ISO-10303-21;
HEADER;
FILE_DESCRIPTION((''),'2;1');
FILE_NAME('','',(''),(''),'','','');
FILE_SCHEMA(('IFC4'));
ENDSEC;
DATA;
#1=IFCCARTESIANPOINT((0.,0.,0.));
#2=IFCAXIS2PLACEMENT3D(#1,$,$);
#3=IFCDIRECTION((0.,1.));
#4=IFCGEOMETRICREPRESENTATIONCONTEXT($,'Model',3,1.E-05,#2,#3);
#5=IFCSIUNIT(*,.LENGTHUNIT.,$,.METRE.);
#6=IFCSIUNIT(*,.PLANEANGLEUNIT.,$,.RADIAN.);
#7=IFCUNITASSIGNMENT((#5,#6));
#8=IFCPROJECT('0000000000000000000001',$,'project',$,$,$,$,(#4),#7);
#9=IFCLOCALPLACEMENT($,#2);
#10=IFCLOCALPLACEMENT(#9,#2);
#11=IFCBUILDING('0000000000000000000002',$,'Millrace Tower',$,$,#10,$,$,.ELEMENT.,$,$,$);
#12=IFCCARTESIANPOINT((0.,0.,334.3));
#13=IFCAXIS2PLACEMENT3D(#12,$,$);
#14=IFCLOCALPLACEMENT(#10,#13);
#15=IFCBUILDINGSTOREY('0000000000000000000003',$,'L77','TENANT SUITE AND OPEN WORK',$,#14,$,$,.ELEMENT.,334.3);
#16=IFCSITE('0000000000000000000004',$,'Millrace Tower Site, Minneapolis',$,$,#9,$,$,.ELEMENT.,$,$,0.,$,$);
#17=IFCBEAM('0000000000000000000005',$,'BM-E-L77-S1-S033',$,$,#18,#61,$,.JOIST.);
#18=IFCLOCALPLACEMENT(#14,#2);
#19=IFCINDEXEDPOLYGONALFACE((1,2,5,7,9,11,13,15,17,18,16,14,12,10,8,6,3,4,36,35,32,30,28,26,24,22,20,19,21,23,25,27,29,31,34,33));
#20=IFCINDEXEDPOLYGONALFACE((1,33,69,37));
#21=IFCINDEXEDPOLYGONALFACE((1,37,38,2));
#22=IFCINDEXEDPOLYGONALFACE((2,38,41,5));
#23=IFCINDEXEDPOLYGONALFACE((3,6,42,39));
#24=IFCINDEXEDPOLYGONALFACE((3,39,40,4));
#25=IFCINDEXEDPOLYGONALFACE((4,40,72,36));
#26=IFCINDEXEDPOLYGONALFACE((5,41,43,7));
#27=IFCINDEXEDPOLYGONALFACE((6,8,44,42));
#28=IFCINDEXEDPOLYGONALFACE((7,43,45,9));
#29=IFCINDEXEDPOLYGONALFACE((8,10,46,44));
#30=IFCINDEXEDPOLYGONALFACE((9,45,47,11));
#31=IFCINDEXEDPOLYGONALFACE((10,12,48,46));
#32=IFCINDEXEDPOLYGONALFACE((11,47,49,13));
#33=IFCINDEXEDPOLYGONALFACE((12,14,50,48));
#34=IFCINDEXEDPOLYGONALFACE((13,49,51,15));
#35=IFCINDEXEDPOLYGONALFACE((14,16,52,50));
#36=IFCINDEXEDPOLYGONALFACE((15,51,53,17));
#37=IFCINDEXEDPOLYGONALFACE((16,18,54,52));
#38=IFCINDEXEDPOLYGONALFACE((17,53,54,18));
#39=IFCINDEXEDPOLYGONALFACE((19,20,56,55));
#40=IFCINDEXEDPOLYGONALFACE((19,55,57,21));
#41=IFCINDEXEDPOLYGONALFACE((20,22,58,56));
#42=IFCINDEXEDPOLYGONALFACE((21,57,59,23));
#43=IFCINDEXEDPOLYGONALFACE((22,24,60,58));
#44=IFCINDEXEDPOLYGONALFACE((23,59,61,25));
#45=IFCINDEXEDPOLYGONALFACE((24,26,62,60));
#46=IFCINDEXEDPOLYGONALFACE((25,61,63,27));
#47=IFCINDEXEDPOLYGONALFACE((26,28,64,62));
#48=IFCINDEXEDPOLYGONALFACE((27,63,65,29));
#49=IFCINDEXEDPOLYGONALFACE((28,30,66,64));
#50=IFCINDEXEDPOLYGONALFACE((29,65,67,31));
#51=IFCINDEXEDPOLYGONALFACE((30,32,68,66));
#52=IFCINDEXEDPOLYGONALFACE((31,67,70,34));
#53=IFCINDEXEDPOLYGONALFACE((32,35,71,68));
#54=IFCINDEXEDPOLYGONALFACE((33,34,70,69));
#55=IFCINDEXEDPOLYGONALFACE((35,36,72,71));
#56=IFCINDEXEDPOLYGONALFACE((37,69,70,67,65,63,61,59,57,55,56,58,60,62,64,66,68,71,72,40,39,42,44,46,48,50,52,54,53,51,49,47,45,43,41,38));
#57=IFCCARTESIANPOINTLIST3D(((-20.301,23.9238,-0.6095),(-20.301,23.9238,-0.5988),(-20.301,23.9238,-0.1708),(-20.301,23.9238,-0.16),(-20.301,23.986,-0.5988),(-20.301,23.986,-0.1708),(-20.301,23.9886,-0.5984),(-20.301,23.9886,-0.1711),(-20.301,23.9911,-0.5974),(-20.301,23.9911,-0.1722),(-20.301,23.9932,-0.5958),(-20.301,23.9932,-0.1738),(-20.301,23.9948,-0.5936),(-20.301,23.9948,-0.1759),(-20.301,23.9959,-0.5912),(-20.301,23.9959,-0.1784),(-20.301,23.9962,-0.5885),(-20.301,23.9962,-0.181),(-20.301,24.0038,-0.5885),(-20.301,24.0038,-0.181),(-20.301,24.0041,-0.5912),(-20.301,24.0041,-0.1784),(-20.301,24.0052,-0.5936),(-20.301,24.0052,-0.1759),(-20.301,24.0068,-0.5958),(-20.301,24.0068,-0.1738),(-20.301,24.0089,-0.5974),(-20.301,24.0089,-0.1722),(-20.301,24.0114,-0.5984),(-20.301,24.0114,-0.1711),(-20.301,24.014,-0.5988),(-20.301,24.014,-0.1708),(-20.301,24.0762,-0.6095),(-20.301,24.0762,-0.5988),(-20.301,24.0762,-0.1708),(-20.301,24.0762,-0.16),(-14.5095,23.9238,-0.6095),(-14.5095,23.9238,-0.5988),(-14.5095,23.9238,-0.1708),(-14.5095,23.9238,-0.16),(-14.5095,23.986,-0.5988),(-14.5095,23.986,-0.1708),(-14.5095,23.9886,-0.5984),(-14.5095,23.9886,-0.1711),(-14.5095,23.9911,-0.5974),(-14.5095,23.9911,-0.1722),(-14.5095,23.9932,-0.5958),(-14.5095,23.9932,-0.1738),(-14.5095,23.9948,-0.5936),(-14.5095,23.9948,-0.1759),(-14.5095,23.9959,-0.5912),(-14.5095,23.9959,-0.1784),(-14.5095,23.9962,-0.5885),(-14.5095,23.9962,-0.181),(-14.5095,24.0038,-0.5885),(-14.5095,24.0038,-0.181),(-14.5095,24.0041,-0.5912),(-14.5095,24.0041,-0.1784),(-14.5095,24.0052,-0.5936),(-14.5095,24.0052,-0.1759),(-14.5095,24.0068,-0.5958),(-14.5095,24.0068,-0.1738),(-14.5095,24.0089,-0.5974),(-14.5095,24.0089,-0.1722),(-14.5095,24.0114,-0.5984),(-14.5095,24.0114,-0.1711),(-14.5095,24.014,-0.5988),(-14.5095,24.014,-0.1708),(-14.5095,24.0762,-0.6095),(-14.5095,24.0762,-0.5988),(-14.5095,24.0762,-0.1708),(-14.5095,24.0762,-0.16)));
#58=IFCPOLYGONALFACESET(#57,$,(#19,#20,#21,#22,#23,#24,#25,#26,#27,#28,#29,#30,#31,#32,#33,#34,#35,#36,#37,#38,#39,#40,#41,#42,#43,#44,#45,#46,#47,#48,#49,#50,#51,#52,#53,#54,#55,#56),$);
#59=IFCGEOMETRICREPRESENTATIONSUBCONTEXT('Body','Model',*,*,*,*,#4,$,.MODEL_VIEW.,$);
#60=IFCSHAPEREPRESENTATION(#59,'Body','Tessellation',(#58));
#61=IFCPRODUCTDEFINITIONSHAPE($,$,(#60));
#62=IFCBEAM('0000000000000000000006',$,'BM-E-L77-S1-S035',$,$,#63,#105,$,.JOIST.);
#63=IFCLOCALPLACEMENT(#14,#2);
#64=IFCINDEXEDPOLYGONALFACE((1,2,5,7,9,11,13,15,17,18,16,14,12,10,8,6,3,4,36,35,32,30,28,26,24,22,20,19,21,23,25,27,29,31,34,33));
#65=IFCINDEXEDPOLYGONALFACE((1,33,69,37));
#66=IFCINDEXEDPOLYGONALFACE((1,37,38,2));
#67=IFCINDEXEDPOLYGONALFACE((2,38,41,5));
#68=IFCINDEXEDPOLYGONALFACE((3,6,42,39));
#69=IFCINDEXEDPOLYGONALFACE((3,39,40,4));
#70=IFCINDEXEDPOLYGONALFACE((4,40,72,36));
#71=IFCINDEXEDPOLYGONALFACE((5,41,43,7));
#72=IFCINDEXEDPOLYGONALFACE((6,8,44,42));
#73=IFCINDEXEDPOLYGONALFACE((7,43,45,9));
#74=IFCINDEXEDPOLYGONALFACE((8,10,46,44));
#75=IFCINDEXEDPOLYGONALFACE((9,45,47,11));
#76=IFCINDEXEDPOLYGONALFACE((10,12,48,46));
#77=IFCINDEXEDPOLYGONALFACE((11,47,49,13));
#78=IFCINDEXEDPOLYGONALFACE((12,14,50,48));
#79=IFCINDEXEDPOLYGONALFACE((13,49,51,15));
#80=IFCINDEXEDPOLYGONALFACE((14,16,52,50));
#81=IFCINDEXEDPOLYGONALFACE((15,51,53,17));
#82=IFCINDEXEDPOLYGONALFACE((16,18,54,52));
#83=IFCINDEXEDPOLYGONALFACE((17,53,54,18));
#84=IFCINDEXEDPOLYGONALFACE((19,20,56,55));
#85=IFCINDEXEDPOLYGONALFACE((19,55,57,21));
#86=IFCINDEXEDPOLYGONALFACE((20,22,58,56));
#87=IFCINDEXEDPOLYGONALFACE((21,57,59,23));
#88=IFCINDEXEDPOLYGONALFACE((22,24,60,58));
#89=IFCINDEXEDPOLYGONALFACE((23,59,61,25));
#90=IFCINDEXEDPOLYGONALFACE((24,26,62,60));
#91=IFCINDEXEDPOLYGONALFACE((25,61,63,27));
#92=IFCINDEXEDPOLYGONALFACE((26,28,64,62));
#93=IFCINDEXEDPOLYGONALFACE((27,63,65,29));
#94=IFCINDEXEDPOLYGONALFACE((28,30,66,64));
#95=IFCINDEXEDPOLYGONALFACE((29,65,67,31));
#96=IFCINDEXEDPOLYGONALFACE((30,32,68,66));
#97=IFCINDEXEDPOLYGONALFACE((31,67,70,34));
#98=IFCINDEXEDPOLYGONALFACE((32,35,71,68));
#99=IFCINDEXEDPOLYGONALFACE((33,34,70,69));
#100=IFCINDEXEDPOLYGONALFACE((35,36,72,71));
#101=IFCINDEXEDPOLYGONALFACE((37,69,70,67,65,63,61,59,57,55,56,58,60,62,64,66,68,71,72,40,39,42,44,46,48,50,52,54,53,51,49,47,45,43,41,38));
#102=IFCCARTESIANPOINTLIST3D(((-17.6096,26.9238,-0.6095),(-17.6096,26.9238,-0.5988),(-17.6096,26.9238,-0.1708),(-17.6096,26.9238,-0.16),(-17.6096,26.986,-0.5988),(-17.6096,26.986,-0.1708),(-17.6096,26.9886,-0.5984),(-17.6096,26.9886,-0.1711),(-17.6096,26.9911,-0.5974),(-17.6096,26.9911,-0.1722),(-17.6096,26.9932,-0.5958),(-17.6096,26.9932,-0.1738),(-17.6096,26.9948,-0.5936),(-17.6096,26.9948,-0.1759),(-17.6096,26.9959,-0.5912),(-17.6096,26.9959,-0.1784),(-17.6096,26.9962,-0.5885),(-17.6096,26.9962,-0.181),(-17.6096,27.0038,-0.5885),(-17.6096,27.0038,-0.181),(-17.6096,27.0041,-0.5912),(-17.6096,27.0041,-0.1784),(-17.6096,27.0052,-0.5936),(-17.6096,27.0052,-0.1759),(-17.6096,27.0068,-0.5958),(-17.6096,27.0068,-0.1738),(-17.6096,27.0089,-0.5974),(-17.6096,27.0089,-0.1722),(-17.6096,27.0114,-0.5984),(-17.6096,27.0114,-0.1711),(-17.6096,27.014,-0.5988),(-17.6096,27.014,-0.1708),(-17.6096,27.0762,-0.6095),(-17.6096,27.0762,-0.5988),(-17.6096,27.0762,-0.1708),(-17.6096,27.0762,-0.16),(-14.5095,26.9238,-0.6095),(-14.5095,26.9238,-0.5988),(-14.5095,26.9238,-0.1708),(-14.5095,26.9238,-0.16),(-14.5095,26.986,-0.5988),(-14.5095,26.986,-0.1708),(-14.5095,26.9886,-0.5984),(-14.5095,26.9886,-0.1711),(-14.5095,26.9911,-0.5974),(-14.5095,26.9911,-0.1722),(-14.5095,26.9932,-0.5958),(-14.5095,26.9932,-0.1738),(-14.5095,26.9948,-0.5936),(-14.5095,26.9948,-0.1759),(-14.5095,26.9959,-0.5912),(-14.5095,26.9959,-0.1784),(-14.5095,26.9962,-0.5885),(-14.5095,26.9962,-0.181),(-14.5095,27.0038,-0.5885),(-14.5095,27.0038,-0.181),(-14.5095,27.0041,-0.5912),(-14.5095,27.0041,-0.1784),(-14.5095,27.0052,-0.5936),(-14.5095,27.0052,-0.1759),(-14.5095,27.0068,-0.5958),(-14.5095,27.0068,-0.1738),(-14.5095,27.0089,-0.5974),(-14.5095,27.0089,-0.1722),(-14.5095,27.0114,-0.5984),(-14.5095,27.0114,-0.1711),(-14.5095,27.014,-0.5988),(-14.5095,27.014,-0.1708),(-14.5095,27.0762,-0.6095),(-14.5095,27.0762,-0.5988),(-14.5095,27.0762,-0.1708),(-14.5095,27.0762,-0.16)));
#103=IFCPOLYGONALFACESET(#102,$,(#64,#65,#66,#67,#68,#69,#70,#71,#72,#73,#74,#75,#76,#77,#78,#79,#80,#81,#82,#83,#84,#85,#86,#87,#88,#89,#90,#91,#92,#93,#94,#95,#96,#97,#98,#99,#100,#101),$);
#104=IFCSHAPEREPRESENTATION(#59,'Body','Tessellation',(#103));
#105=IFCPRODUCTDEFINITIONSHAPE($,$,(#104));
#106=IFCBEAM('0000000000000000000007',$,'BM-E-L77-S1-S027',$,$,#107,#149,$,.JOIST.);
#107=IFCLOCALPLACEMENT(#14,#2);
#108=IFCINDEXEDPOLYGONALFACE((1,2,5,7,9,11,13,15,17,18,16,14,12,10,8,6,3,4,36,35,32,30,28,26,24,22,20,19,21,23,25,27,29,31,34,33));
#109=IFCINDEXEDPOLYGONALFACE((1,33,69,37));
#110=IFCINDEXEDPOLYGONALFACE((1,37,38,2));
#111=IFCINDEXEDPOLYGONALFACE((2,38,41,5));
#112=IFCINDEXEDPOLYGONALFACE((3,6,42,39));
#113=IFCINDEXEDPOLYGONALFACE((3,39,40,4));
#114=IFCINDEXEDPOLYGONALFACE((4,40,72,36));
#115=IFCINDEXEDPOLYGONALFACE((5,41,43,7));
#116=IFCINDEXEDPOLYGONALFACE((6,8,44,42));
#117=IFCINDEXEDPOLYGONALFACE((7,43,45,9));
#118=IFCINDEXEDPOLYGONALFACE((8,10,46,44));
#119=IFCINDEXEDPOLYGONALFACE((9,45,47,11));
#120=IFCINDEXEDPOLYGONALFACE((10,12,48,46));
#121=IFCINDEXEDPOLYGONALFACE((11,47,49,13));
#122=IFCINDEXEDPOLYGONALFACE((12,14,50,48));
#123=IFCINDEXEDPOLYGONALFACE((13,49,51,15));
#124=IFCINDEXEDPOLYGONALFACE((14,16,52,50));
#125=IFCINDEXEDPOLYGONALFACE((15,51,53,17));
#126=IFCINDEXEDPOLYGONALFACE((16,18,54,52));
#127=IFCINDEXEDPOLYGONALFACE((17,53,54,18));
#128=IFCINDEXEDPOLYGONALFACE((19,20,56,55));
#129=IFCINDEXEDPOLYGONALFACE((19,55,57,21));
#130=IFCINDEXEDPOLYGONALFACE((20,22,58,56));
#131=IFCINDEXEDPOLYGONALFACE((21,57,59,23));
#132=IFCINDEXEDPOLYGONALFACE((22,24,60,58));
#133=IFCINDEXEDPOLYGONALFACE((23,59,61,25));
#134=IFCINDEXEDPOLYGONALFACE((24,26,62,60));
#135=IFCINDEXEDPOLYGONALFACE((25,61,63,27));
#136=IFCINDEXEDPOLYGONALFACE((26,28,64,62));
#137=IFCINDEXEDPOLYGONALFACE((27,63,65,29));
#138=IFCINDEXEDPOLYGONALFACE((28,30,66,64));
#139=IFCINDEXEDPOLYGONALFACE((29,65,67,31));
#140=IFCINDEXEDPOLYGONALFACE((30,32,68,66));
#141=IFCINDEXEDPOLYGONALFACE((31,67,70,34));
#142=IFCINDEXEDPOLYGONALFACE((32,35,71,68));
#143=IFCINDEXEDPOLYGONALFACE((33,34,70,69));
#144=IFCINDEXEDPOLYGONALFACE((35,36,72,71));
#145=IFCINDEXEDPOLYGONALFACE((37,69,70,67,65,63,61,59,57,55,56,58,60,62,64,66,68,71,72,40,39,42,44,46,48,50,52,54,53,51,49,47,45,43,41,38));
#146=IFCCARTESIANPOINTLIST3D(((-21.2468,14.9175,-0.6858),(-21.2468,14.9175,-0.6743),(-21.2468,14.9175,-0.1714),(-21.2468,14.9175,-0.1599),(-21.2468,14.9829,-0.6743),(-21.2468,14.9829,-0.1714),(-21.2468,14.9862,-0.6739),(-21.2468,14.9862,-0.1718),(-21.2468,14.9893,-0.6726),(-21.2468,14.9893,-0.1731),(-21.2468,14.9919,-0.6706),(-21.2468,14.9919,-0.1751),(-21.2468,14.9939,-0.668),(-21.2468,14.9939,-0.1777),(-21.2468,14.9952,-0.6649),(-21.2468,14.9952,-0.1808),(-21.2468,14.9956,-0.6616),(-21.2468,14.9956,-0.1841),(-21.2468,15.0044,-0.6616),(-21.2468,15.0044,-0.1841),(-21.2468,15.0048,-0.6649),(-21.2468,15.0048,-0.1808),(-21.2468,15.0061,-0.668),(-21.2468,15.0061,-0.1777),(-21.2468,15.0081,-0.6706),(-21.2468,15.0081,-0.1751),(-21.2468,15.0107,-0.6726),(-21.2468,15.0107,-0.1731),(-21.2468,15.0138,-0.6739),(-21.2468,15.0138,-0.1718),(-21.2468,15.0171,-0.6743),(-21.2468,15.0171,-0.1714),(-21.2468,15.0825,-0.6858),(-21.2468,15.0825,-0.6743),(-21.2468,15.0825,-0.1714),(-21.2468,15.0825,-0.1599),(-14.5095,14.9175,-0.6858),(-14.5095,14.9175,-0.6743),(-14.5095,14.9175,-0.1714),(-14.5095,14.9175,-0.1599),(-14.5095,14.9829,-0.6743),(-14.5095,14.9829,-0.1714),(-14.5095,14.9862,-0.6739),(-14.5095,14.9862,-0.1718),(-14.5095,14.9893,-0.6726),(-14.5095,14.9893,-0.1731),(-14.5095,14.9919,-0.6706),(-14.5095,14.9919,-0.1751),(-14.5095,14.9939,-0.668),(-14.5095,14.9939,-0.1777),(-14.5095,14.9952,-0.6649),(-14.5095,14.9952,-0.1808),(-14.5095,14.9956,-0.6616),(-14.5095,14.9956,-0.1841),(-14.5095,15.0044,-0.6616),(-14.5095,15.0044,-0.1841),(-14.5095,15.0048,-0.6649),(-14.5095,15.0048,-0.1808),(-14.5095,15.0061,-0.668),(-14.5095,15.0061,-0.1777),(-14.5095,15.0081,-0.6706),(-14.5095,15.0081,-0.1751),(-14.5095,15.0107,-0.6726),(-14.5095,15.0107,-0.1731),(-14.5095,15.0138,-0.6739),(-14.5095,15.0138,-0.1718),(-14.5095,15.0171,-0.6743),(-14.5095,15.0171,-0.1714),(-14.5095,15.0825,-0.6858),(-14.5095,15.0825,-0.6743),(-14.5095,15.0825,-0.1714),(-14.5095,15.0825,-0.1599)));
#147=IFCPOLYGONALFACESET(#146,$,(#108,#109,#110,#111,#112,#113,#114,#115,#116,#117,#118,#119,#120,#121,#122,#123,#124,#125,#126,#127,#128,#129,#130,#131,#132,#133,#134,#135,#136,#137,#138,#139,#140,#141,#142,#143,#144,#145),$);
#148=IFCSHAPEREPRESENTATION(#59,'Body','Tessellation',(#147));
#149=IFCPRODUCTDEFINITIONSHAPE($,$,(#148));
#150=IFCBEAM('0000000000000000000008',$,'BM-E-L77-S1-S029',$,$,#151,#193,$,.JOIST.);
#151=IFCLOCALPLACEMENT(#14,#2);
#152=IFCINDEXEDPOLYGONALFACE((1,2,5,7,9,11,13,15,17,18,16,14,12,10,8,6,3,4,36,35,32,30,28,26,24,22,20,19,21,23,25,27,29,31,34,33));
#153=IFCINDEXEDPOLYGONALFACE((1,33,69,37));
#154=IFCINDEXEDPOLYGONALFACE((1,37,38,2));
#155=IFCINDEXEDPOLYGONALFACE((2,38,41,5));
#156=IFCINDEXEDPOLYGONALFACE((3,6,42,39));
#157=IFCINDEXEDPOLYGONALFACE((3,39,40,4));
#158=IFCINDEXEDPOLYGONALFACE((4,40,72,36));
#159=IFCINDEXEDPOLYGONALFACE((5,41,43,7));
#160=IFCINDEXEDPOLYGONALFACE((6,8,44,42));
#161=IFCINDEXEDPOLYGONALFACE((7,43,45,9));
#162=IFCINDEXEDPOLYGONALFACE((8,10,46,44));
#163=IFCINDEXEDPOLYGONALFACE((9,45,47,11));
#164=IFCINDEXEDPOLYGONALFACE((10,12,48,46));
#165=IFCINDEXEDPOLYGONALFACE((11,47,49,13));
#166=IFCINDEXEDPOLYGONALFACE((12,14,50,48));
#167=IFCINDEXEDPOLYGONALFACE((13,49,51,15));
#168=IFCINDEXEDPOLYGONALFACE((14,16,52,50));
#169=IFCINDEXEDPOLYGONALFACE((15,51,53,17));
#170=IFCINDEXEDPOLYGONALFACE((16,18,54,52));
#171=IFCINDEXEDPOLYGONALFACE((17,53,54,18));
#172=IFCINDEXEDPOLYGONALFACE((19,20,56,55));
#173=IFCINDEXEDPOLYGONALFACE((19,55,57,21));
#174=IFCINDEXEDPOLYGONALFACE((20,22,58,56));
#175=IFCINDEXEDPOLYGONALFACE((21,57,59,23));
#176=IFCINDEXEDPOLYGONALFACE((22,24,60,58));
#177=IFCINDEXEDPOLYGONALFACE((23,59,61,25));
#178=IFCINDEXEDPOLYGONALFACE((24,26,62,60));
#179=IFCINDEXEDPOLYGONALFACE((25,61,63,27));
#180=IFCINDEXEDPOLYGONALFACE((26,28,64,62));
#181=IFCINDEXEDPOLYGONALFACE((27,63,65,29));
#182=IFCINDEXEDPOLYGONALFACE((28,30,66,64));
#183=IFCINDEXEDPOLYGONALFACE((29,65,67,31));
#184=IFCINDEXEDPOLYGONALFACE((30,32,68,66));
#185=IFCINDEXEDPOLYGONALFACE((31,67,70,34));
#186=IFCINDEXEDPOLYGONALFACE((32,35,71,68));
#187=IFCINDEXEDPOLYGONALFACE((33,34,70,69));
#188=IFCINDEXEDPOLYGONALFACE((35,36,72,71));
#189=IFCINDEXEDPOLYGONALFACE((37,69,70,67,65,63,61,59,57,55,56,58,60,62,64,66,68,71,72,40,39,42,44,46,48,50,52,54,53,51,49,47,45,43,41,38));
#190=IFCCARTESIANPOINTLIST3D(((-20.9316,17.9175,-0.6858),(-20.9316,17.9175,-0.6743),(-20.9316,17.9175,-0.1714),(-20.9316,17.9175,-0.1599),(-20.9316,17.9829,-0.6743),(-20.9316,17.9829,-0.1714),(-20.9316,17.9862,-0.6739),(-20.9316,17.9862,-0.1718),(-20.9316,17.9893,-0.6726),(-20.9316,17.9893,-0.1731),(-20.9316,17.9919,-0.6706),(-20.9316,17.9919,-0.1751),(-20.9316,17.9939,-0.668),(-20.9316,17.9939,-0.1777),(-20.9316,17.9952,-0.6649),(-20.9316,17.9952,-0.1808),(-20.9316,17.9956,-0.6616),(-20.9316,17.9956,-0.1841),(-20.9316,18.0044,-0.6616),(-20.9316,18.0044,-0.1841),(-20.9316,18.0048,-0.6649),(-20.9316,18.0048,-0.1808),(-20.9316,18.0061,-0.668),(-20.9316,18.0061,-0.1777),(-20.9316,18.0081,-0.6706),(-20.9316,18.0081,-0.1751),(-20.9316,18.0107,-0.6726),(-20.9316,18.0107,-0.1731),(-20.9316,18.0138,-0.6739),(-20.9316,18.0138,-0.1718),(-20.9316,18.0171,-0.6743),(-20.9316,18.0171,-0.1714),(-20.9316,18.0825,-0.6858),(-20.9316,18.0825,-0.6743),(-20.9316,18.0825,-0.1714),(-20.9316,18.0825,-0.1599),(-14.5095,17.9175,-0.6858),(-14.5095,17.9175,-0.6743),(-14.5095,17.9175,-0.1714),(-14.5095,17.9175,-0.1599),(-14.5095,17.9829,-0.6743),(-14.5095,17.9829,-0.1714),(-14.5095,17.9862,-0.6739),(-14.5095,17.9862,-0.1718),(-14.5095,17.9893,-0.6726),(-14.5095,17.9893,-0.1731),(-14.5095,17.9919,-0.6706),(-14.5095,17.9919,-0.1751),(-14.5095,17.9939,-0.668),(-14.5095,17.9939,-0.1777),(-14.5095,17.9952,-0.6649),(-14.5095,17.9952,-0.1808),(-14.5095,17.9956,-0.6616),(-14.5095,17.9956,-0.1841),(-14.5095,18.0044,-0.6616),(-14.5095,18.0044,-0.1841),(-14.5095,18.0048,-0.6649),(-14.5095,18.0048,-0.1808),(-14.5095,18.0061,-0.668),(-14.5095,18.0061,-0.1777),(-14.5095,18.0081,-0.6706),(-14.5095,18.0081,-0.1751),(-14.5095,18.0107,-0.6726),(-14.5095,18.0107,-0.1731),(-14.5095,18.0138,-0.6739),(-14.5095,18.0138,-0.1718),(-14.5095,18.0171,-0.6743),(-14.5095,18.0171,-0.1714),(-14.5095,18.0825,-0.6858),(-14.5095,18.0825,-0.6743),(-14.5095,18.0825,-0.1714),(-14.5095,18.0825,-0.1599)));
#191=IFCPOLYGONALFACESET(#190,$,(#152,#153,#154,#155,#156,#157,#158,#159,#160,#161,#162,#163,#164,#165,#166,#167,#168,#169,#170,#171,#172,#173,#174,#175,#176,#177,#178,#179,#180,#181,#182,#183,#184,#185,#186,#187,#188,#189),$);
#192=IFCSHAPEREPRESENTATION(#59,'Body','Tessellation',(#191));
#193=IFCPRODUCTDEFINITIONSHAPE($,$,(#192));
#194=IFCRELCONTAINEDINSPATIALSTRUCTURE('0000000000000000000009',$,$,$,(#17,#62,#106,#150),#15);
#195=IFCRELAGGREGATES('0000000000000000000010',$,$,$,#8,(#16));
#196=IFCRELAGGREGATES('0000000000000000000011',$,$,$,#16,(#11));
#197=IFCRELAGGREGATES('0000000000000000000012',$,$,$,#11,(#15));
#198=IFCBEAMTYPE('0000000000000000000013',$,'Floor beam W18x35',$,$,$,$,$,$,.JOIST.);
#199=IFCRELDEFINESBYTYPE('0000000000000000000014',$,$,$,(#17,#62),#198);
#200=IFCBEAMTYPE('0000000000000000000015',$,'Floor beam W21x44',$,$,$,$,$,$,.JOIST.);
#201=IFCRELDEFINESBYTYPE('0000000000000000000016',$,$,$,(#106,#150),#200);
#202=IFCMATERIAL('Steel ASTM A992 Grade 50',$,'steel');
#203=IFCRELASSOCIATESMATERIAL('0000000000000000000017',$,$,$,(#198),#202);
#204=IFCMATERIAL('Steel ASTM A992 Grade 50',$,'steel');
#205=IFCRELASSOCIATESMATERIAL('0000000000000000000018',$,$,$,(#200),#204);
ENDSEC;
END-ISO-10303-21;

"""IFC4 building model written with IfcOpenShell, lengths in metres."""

from ifc_helpers import new_model, si_unit, direction, frame, origin, origin_2d, place, context, subcontext, project, spatial, i_section, extrude, material, material_profile, profile_set, type_object, element, save


model = new_model("IFC4")

# Units and contexts
model_context = context("Model", 3, precision=1e-05, world=origin(), true_north=direction((0.0, 1.0)))
body_context = subcontext(model_context, "Body", "Model", "MODEL_VIEW")
ifc_project = project(units=[si_unit("LENGTHUNIT", "METRE"), si_unit("PLANEANGLEUNIT", "RADIAN")], contexts=[model_context])

# Site, building, storey
site_placement = place(None, origin())
site = spatial("IfcSite", under=ifc_project, at=site_placement, Name="Millrace Tower Site, Minneapolis", CompositionType="ELEMENT", RefElevation=0.0)
building_placement = place(site_placement, origin())
building = spatial("IfcBuilding", under=site, at=building_placement, Name="Millrace Tower", CompositionType="ELEMENT")
storey_placement = place(building_placement, frame((0.0, 0.0, 334.3)))
storey = spatial("IfcBuildingStorey", under=building, at=storey_placement, Name="L77", Description="TENANT SUITE AND OPEN WORK", CompositionType="ELEMENT", Elevation=334.3)

# Beams
ifc_material_1 = material(Name="Steel ASTM A992 Grade 50", Category="steel")
ifc_material_profile_1 = material_profile(ifc_material_1, i_section(OverallWidth=0.1523, OverallDepth=0.4495, WebThickness=0.0076, FlangeThickness=0.0107, FilletRadius=0.0103, at=origin_2d()))
ifc_profile_set_1 = profile_set([ifc_material_profile_1], Name="Steel ASTM A992 Grade 50")
beam_type_1 = type_object("IfcBeamType", Name="Floor beam W18x35", PredefinedType="JOIST", material=ifc_profile_set_1)
beam_1_placement = place(storey_placement, frame((-20.301, 24.0, -0.3848), z_axis=(1.0, 0.0, 0.0), x_axis=(0.0, 1.0, 0.0)))
element("IfcBeam", 1, at=beam_1_placement, inside=storey, type_object=beam_type_1, Name="BM-E-L77-S1-S033", PredefinedType="JOIST", context=body_context, shape_type="SweptSolid", body=[
    extrude(i_section(OverallWidth=0.1523, OverallDepth=0.4495, WebThickness=0.0076, FlangeThickness=0.0107, FilletRadius=0.0103, at=origin_2d()), origin(), (0.0, 0.0, 1.0), 5.7915),
])
beam_2_placement = place(storey_placement, frame((-17.6096, 27.0, -0.3848), z_axis=(1.0, 0.0, 0.0), x_axis=(0.0, 1.0, 0.0)))
element("IfcBeam", 2, at=beam_2_placement, inside=storey, type_object=beam_type_1, Name="BM-E-L77-S1-S035", PredefinedType="JOIST", context=body_context, shape_type="SweptSolid", body=[
    extrude(i_section(OverallWidth=0.1523, OverallDepth=0.4495, WebThickness=0.0076, FlangeThickness=0.0107, FilletRadius=0.0103, at=origin_2d()), origin(), (0.0, 0.0, 1.0), 3.1001),
])
ifc_material_2 = material(Name="Steel ASTM A992 Grade 50", Category="steel")
ifc_material_profile_2 = material_profile(ifc_material_2, i_section(OverallWidth=0.165, OverallDepth=0.5259, WebThickness=0.0088, FlangeThickness=0.0115, FilletRadius=0.0127, at=origin_2d()))
ifc_profile_set_2 = profile_set([ifc_material_profile_2], Name="Steel ASTM A992 Grade 50")
beam_type_2 = type_object("IfcBeamType", Name="Floor beam W21x44", PredefinedType="JOIST", material=ifc_profile_set_2)
beam_3_placement = place(storey_placement, frame((-21.2468, 15.0, -0.4229), z_axis=(1.0, 0.0, 0.0), x_axis=(0.0, 1.0, 0.0)))
element("IfcBeam", 3, at=beam_3_placement, inside=storey, type_object=beam_type_2, Name="BM-E-L77-S1-S027", PredefinedType="JOIST", context=body_context, shape_type="SweptSolid", body=[
    extrude(i_section(OverallWidth=0.165, OverallDepth=0.5259, WebThickness=0.0088, FlangeThickness=0.0115, FilletRadius=0.0127, at=origin_2d()), origin(), (0.0, 0.0, 1.0), 6.7373),
])
beam_4_placement = place(storey_placement, frame((-20.9316, 18.0, -0.4229), z_axis=(1.0, 0.0, 0.0), x_axis=(0.0, 1.0, 0.0)))
element("IfcBeam", 4, at=beam_4_placement, inside=storey, type_object=beam_type_2, Name="BM-E-L77-S1-S029", PredefinedType="JOIST", context=body_context, shape_type="SweptSolid", body=[
    extrude(i_section(OverallWidth=0.165, OverallDepth=0.5259, WebThickness=0.0088, FlangeThickness=0.0115, FilletRadius=0.0127, at=origin_2d()), origin(), (0.0, 0.0, 1.0), 6.4221),
])

save(model, "model.ifc")
